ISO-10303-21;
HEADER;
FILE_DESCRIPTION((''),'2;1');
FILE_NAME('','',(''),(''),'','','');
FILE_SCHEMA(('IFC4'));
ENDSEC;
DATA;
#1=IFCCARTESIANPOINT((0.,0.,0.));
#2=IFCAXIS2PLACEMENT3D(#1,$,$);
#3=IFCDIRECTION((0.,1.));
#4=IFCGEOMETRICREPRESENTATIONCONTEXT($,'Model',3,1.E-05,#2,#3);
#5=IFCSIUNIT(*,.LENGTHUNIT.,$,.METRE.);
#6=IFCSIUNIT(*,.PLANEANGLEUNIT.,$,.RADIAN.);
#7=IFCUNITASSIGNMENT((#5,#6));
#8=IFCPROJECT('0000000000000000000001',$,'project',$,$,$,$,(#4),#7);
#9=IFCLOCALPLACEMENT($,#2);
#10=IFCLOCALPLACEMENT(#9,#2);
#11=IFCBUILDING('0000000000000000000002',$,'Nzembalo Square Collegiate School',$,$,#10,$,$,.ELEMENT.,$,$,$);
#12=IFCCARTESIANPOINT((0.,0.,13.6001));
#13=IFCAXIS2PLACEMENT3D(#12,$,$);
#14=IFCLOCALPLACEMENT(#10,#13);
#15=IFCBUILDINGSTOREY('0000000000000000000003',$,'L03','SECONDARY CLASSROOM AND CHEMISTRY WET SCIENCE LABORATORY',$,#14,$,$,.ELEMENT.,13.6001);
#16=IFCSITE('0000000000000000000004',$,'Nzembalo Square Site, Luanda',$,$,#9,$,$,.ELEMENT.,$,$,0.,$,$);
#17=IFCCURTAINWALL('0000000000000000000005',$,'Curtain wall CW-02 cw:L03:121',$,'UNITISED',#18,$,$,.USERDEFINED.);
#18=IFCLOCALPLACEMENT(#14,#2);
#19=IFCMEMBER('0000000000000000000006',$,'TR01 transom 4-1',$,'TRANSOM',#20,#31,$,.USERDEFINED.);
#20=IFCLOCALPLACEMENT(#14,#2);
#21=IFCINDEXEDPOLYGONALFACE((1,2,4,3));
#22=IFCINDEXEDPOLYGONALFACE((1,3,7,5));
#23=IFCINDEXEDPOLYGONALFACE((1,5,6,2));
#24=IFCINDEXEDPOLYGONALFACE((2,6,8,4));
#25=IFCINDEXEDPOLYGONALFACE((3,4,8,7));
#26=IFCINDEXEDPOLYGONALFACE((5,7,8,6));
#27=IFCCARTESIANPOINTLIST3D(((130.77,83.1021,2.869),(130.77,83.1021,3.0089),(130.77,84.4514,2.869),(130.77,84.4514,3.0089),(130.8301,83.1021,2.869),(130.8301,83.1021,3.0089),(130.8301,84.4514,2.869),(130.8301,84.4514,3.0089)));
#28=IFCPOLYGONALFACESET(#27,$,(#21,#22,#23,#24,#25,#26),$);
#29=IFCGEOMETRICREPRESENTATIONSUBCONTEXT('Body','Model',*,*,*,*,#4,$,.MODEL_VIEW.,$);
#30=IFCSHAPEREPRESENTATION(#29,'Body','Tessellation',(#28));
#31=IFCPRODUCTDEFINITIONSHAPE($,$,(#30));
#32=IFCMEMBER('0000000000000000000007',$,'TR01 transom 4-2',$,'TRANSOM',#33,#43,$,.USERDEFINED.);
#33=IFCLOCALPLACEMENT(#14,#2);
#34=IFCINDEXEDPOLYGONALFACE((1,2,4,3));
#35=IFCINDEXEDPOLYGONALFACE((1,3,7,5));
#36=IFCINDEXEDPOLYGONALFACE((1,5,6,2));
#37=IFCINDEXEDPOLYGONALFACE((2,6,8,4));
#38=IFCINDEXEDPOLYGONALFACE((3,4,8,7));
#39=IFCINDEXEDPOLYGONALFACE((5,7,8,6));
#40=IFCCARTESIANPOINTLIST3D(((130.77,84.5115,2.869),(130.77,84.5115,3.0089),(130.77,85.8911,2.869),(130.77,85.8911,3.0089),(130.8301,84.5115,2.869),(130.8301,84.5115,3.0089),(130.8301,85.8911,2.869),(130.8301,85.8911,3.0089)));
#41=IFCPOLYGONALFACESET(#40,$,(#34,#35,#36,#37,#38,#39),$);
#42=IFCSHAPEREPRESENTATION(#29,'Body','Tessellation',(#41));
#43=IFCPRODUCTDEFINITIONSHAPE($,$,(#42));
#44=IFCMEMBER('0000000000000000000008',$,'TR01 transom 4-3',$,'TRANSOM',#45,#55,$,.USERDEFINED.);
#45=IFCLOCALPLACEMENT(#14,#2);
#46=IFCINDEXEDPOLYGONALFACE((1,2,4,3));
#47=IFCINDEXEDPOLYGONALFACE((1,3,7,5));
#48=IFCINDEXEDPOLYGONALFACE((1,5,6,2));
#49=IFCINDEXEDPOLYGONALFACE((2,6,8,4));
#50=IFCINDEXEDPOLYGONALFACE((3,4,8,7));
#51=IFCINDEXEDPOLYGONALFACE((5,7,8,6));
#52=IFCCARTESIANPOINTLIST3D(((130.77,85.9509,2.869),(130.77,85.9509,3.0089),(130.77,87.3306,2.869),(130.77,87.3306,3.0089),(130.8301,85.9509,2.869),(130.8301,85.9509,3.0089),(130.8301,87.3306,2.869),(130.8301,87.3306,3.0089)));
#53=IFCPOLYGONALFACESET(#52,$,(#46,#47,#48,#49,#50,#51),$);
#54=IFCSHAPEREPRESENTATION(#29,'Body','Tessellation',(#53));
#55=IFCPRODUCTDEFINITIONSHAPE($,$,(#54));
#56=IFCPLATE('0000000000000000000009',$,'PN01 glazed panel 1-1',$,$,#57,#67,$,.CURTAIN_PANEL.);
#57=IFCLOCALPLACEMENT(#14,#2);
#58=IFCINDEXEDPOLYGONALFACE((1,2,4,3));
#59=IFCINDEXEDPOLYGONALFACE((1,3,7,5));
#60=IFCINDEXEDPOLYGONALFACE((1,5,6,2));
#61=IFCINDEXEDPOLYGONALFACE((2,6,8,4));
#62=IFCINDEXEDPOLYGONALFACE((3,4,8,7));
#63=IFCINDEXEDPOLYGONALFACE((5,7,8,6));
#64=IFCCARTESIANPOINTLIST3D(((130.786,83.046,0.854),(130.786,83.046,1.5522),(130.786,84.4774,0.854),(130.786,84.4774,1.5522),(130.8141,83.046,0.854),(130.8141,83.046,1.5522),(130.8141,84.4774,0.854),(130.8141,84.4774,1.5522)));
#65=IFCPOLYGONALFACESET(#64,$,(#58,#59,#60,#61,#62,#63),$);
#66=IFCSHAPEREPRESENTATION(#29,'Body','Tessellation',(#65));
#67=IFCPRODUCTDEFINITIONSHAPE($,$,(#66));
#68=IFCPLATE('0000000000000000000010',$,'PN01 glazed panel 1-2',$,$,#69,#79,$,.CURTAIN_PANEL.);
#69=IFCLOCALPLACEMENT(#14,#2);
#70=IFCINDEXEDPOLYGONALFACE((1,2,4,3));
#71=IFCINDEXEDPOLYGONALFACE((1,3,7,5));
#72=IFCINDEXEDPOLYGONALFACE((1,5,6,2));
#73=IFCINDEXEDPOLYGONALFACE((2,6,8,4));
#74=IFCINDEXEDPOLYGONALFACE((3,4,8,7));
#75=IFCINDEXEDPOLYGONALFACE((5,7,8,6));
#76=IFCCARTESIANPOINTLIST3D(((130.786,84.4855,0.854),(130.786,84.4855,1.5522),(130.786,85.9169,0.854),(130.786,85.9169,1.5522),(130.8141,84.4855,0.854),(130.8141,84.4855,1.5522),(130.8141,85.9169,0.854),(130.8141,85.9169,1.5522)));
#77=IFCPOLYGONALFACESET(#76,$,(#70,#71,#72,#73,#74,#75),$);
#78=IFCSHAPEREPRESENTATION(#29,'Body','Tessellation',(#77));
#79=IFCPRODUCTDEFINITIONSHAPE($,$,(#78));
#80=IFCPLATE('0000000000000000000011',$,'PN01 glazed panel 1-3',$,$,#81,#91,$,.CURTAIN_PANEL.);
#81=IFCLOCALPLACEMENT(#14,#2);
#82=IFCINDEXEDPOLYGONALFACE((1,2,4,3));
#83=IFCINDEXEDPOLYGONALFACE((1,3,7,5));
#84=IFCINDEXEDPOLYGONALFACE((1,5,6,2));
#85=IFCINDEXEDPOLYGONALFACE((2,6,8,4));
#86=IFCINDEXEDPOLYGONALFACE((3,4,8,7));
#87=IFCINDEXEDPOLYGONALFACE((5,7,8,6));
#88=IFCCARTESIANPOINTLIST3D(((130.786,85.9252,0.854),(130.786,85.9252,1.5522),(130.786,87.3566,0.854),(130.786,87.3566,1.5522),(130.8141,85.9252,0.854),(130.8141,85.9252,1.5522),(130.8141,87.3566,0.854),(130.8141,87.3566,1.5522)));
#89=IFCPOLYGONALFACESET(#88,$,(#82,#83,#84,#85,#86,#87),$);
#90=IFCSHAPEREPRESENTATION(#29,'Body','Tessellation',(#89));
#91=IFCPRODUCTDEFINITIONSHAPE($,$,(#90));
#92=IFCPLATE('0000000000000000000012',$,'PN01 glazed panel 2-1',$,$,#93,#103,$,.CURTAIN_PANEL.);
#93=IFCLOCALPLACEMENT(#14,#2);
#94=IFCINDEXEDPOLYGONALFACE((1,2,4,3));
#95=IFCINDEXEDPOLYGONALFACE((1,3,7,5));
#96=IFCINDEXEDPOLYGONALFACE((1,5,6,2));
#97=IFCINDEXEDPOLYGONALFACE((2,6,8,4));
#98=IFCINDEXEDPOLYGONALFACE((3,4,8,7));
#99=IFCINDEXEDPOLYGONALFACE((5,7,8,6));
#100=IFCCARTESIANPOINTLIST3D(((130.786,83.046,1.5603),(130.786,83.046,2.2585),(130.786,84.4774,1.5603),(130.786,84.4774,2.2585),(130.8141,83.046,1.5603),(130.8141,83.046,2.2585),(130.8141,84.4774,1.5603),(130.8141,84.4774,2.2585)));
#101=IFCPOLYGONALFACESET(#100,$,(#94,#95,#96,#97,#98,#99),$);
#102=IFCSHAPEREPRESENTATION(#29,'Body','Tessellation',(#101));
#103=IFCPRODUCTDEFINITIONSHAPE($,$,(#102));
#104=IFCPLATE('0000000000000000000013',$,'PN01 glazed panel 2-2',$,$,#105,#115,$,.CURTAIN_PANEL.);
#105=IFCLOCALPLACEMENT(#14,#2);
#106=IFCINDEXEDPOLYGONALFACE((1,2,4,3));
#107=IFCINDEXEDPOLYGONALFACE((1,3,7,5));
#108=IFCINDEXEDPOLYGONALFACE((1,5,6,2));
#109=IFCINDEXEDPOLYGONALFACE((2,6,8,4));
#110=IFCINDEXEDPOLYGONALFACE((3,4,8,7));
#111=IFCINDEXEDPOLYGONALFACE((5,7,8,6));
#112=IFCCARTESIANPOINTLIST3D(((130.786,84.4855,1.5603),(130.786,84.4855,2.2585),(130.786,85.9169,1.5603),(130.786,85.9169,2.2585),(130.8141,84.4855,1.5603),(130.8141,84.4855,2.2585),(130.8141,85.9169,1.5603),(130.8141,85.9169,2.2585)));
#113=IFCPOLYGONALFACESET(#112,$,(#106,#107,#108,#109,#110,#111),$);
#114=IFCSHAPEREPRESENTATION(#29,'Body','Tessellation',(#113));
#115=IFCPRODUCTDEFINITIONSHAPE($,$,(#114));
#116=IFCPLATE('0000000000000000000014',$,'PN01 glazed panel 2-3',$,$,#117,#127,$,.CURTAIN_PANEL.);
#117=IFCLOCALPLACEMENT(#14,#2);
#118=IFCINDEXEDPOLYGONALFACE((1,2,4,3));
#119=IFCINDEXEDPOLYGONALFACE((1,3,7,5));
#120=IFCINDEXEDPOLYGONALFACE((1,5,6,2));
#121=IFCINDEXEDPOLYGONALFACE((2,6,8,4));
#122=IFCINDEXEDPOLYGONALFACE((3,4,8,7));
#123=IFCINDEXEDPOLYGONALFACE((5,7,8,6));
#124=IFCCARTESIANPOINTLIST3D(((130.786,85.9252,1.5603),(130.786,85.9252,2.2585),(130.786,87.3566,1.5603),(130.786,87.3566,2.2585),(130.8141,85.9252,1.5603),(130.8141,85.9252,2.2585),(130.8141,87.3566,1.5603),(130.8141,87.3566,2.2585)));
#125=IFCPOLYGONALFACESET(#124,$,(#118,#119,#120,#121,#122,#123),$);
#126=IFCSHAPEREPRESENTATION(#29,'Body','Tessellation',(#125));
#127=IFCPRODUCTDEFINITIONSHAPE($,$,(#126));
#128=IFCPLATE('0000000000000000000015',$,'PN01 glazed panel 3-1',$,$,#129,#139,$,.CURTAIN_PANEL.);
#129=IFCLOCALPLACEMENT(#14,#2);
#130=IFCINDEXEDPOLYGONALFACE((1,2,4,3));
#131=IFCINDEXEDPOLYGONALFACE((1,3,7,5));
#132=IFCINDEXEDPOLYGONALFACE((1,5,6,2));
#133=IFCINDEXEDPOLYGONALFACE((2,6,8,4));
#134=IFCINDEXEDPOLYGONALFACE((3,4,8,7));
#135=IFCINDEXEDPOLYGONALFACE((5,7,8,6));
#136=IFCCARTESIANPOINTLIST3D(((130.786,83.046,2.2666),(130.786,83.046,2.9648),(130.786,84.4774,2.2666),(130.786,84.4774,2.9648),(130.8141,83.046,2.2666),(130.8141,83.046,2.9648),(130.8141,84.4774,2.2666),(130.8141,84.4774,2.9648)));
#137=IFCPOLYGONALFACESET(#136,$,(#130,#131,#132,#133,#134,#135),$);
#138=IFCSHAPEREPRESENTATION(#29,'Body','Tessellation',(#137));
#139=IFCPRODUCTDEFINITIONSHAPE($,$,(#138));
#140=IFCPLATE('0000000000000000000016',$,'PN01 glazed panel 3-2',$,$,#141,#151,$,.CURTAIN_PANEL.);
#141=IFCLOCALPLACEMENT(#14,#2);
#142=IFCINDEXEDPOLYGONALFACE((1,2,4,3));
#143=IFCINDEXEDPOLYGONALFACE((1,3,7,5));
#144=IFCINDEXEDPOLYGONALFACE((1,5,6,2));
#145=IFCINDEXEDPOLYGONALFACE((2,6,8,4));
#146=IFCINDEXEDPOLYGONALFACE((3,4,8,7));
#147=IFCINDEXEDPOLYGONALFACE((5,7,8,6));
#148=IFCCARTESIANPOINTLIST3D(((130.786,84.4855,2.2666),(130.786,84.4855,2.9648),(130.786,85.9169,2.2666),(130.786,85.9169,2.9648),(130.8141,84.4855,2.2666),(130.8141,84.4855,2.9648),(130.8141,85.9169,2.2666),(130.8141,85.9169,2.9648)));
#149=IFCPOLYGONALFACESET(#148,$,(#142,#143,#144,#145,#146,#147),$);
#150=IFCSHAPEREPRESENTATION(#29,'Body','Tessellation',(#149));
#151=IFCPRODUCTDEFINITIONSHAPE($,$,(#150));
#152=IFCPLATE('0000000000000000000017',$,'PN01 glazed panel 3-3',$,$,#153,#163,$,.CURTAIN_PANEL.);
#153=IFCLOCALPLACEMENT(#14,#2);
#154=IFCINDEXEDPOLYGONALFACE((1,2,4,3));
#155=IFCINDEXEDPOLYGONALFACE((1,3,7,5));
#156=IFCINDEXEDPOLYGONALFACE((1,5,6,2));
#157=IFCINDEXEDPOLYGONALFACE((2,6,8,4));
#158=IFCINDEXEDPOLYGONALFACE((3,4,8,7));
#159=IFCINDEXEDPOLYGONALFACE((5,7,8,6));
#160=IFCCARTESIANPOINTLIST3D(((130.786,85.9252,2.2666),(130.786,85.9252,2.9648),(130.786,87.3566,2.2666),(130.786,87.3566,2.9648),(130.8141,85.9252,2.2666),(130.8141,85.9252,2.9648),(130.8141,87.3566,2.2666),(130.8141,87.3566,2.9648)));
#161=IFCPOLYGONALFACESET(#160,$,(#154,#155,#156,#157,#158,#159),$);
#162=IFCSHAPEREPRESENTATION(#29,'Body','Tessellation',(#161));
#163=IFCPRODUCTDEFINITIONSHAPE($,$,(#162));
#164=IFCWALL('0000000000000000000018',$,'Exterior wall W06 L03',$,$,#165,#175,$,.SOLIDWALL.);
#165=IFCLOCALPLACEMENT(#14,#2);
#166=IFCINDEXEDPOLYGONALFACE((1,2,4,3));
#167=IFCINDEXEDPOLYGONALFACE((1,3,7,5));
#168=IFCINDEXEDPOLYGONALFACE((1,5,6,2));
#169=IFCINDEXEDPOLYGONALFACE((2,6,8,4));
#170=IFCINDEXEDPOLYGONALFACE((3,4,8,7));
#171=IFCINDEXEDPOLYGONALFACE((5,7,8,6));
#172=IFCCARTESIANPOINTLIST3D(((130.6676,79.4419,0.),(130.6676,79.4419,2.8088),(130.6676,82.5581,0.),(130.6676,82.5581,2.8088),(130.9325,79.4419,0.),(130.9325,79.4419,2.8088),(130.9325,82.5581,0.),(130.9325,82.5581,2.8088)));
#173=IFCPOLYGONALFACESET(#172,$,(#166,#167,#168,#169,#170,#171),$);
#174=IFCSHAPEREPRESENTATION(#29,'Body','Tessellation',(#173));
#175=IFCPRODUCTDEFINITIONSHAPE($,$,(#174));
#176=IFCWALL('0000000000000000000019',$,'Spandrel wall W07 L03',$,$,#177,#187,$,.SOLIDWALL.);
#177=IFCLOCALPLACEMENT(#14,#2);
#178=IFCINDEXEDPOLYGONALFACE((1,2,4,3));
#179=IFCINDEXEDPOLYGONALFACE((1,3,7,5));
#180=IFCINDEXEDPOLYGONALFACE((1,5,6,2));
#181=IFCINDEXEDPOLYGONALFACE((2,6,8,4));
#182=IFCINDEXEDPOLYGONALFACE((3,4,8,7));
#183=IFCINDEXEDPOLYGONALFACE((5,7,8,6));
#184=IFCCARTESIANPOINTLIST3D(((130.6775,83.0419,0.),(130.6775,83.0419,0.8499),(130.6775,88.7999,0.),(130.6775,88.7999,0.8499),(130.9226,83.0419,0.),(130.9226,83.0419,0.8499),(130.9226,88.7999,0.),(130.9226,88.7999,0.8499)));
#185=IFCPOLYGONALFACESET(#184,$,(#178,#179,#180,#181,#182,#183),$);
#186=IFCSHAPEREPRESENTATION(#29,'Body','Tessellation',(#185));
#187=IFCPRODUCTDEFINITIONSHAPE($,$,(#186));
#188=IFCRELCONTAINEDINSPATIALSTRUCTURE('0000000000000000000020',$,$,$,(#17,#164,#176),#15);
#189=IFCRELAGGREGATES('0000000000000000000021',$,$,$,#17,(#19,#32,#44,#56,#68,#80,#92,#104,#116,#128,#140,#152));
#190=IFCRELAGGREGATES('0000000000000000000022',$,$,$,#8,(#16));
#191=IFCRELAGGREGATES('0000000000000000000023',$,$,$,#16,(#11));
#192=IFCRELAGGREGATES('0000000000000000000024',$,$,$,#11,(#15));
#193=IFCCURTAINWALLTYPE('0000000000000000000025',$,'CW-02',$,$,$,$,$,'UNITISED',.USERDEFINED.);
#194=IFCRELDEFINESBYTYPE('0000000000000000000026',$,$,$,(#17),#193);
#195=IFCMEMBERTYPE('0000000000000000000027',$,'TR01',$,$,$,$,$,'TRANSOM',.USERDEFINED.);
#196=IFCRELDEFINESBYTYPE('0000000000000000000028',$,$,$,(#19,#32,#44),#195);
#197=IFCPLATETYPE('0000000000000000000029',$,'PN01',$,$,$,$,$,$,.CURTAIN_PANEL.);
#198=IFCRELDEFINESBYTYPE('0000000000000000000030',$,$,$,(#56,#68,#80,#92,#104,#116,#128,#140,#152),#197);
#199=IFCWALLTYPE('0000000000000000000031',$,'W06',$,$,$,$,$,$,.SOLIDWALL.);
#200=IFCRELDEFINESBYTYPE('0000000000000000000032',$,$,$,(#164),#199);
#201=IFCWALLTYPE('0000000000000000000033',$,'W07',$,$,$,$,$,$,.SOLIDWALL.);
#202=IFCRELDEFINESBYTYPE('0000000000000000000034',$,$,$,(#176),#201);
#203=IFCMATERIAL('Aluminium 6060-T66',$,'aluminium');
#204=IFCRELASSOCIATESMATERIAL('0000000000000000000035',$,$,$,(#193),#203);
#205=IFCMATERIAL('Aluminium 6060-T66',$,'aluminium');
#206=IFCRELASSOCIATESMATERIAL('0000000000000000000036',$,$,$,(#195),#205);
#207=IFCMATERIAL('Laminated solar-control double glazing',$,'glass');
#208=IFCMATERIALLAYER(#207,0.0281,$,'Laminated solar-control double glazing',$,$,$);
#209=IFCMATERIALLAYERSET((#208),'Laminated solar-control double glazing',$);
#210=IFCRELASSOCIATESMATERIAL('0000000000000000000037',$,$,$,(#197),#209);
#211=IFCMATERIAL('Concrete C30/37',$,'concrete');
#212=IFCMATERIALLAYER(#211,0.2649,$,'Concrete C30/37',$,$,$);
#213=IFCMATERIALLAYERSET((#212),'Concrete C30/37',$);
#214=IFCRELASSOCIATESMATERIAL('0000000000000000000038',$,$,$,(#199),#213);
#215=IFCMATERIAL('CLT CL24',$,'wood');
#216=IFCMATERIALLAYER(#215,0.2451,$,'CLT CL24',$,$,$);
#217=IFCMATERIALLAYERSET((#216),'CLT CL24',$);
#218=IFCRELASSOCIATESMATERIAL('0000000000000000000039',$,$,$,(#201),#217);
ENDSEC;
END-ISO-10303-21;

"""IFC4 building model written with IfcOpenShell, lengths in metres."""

from ifc_helpers import new_model, si_unit, direction, frame, frame_2d, origin, origin_2d, place, context, subcontext, project, spatial, rectangle, extrude, material, layer, layer_set, material_profile, profile_set, type_object, element, aggregate, save


model = new_model("IFC4")

# Units and contexts
model_context = context("Model", 3, precision=1e-05, world=origin(), true_north=direction((0.0, 1.0)))
body_context = subcontext(model_context, "Body", "Model", "MODEL_VIEW")
ifc_project = project(units=[si_unit("LENGTHUNIT", "METRE"), si_unit("PLANEANGLEUNIT", "RADIAN")], contexts=[model_context])

# Site, building, storey
site_placement = place(None, origin())
site = spatial("IfcSite", under=ifc_project, at=site_placement, Name="Nzembalo Square Site, Luanda", CompositionType="ELEMENT", RefElevation=0.0)
building_placement = place(site_placement, origin())
building = spatial("IfcBuilding", under=site, at=building_placement, Name="Nzembalo Square Collegiate School", CompositionType="ELEMENT")
storey_placement = place(building_placement, frame((0.0, 0.0, 13.6001)))
storey = spatial("IfcBuildingStorey", under=building, at=storey_placement, Name="L03", Description="SECONDARY CLASSROOM AND CHEMISTRY WET SCIENCE LABORATORY", CompositionType="ELEMENT", Elevation=13.6001)

# Curtain wall, members, plates
ifc_material_1 = material(Name="Aluminium 6060-T66", Category="aluminium")
curtain_wall_type = type_object("IfcCurtainWallType", Name="CW-02", ElementType="UNITISED", PredefinedType="USERDEFINED", material=ifc_material_1)
curtain_wall_placement = place(storey_placement, origin())
curtain_wall = element("IfcCurtainWall", 1, at=curtain_wall_placement, inside=storey, type_object=curtain_wall_type, Name="Curtain wall CW-02 cw:L03:121", ObjectType="UNITISED", PredefinedType="USERDEFINED")
ifc_material_2 = material(Name="Aluminium 6060-T66", Category="aluminium")
ifc_material_profile_1 = material_profile(ifc_material_2, rectangle(XDim=0.0601, YDim=0.1399, at=origin_2d()), Name="ALU T60x140")
ifc_profile_set_1 = profile_set([ifc_material_profile_1], Name="Aluminium 6060-T66")
member_type_1 = type_object("IfcMemberType", Name="TR01", ElementType="TRANSOM", PredefinedType="USERDEFINED", material=ifc_profile_set_1)
member_1_placement = place(storey_placement, frame((130.8, 83.1021, 2.939), z_axis=(0.0, 1.0, 0.0), x_axis=(-1.0, 0.0, 0.0)))
member_1 = element("IfcMember", 2, at=member_1_placement, type_object=member_type_1, Name="TR01 transom 4-1", ObjectType="TRANSOM", PredefinedType="USERDEFINED", context=body_context, shape_type="SweptSolid", body=[
    extrude(rectangle(XDim=0.0601, YDim=0.1399, at=origin_2d()), origin(), (0.0, 0.0, 1.0), 1.3494),
])
member_2_placement = place(storey_placement, frame((130.8, 84.5115, 2.939), z_axis=(0.0, 1.0, 0.0), x_axis=(-1.0, 0.0, 0.0)))
member_2 = element("IfcMember", 3, at=member_2_placement, type_object=member_type_1, Name="TR01 transom 4-2", ObjectType="TRANSOM", PredefinedType="USERDEFINED", context=body_context, shape_type="SweptSolid", body=[
    extrude(rectangle(XDim=0.0601, YDim=0.1399, at=origin_2d()), origin(), (0.0, 0.0, 1.0), 1.3796),
])
member_3_placement = place(storey_placement, frame((130.8, 85.9509, 2.939), z_axis=(0.0, 1.0, 0.0), x_axis=(-1.0, 0.0, 0.0)))
member_3 = element("IfcMember", 4, at=member_3_placement, type_object=member_type_1, Name="TR01 transom 4-3", ObjectType="TRANSOM", PredefinedType="USERDEFINED", context=body_context, shape_type="SweptSolid", body=[
    extrude(rectangle(XDim=0.0601, YDim=0.1399, at=origin_2d()), origin(), (0.0, 0.0, 1.0), 1.3796),
])
ifc_material_3 = material(Name="Laminated solar-control double glazing", Category="glass")
ifc_layer_1 = layer(ifc_material_3, 0.0281, Name="Laminated solar-control double glazing")
ifc_layer_set_1 = layer_set([ifc_layer_1], Name="Laminated solar-control double glazing")
plate_type = type_object("IfcPlateType", Name="PN01", PredefinedType="CURTAIN_PANEL", material=ifc_layer_set_1)
plate_1_placement = place(storey_placement, frame((130.8, 83.7617, 0.854), z_axis=(0.0, 0.0, 1.0), x_axis=(0.0, 1.0, 0.0)))
plate_1 = element("IfcPlate", 5, at=plate_1_placement, type_object=plate_type, Name="PN01 glazed panel 1-1", PredefinedType="CURTAIN_PANEL", context=body_context, shape_type="SweptSolid", body=[
    extrude(rectangle(XDim=1.4314, YDim=0.0281, at=origin_2d()), origin(), (0.0, 0.0, 1.0), 0.6982),
])
plate_2_placement = place(storey_placement, frame((130.8, 85.2012, 0.854), z_axis=(0.0, 0.0, 1.0), x_axis=(0.0, 1.0, 0.0)))
plate_2 = element("IfcPlate", 6, at=plate_2_placement, type_object=plate_type, Name="PN01 glazed panel 1-2", PredefinedType="CURTAIN_PANEL", context=body_context, shape_type="SweptSolid", body=[
    extrude(rectangle(XDim=1.4314, YDim=0.0281, at=origin_2d()), origin(), (0.0, 0.0, 1.0), 0.6982),
])
plate_3_placement = place(storey_placement, frame((130.8, 86.6409, 0.854), z_axis=(0.0, 0.0, 1.0), x_axis=(0.0, 1.0, 0.0)))
plate_3 = element("IfcPlate", 7, at=plate_3_placement, type_object=plate_type, Name="PN01 glazed panel 1-3", PredefinedType="CURTAIN_PANEL", context=body_context, shape_type="SweptSolid", body=[
    extrude(rectangle(XDim=1.4314, YDim=0.0281, at=origin_2d()), origin(), (0.0, 0.0, 1.0), 0.6982),
])
plate_4_placement = place(storey_placement, frame((130.8, 83.7617, 1.5603), z_axis=(0.0, 0.0, 1.0), x_axis=(0.0, 1.0, 0.0)))
plate_4 = element("IfcPlate", 8, at=plate_4_placement, type_object=plate_type, Name="PN01 glazed panel 2-1", PredefinedType="CURTAIN_PANEL", context=body_context, shape_type="SweptSolid", body=[
    extrude(rectangle(XDim=1.4314, YDim=0.0281, at=origin_2d()), origin(), (0.0, 0.0, 1.0), 0.6982),
])
plate_5_placement = place(storey_placement, frame((130.8, 85.2012, 1.5603), z_axis=(0.0, 0.0, 1.0), x_axis=(0.0, 1.0, 0.0)))
plate_5 = element("IfcPlate", 9, at=plate_5_placement, type_object=plate_type, Name="PN01 glazed panel 2-2", PredefinedType="CURTAIN_PANEL", context=body_context, shape_type="SweptSolid", body=[
    extrude(rectangle(XDim=1.4314, YDim=0.0281, at=origin_2d()), origin(), (0.0, 0.0, 1.0), 0.6982),
])
plate_6_placement = place(storey_placement, frame((130.8, 86.6409, 1.5603), z_axis=(0.0, 0.0, 1.0), x_axis=(0.0, 1.0, 0.0)))
plate_6 = element("IfcPlate", 10, at=plate_6_placement, type_object=plate_type, Name="PN01 glazed panel 2-3", PredefinedType="CURTAIN_PANEL", context=body_context, shape_type="SweptSolid", body=[
    extrude(rectangle(XDim=1.4314, YDim=0.0281, at=origin_2d()), origin(), (0.0, 0.0, 1.0), 0.6982),
])
plate_7_placement = place(storey_placement, frame((130.8, 83.7617, 2.2666), z_axis=(0.0, 0.0, 1.0), x_axis=(0.0, 1.0, 0.0)))
plate_7 = element("IfcPlate", 11, at=plate_7_placement, type_object=plate_type, Name="PN01 glazed panel 3-1", PredefinedType="CURTAIN_PANEL", context=body_context, shape_type="SweptSolid", body=[
    extrude(rectangle(XDim=1.4314, YDim=0.0281, at=origin_2d()), origin(), (0.0, 0.0, 1.0), 0.6982),
])
plate_8_placement = place(storey_placement, frame((130.8, 85.2012, 2.2666), z_axis=(0.0, 0.0, 1.0), x_axis=(0.0, 1.0, 0.0)))
plate_8 = element("IfcPlate", 12, at=plate_8_placement, type_object=plate_type, Name="PN01 glazed panel 3-2", PredefinedType="CURTAIN_PANEL", context=body_context, shape_type="SweptSolid", body=[
    extrude(rectangle(XDim=1.4314, YDim=0.0281, at=origin_2d()), origin(), (0.0, 0.0, 1.0), 0.6982),
])
plate_9_placement = place(storey_placement, frame((130.8, 86.6409, 2.2666), z_axis=(0.0, 0.0, 1.0), x_axis=(0.0, 1.0, 0.0)))
plate_9 = element("IfcPlate", 13, at=plate_9_placement, type_object=plate_type, Name="PN01 glazed panel 3-3", PredefinedType="CURTAIN_PANEL", context=body_context, shape_type="SweptSolid", body=[
    extrude(rectangle(XDim=1.4314, YDim=0.0281, at=origin_2d()), origin(), (0.0, 0.0, 1.0), 0.6982),
])
aggregate(curtain_wall, [member_1, member_2, member_3, plate_1, plate_2, plate_3, plate_4, plate_5, plate_6, plate_7, plate_8, plate_9])

# Walls
ifc_material_4 = material(Name="Concrete C30/37", Category="concrete")
ifc_layer_2 = layer(ifc_material_4, 0.2649, Name="Concrete C30/37")
ifc_layer_set_2 = layer_set([ifc_layer_2], Name="Concrete C30/37")
wall_type_1 = type_object("IfcWallType", Name="W06", PredefinedType="SOLIDWALL", material=ifc_layer_set_2)
wall_1_placement = place(storey_placement, frame((130.8, 79.4419, 0.0), z_axis=(0.0, 0.0, 1.0), x_axis=(0.0, 1.0, 0.0)))
element("IfcWall", 14, at=wall_1_placement, inside=storey, type_object=wall_type_1, Name="Exterior wall W06 L03", PredefinedType="SOLIDWALL", context=body_context, shape_type="SweptSolid", body=[
    extrude(rectangle(XDim=3.1162, YDim=0.2649, at=frame_2d((1.5581, 0.0))), origin(), (0.0, 0.0, 1.0), 2.8088),
])
ifc_material_5 = material(Name="CLT CL24", Category="wood")
ifc_layer_3 = layer(ifc_material_5, 0.2451, Name="CLT CL24")
ifc_layer_set_3 = layer_set([ifc_layer_3], Name="CLT CL24")
wall_type_2 = type_object("IfcWallType", Name="W07", PredefinedType="SOLIDWALL", material=ifc_layer_set_3)
wall_2_placement = place(storey_placement, frame((130.8, 83.042, 0.0), z_axis=(0.0, 0.0, 1.0), x_axis=(0.0, 1.0, 0.0)))
element("IfcWall", 15, at=wall_2_placement, inside=storey, type_object=wall_type_2, Name="Spandrel wall W07 L03", PredefinedType="SOLIDWALL", context=body_context, shape_type="SweptSolid", body=[
    extrude(rectangle(XDim=5.7581, YDim=0.2451, at=frame_2d((2.8789, 0.0))), origin(), (0.0, 0.0, 1.0), 0.8499),
])

save(model, "model.ifc")
